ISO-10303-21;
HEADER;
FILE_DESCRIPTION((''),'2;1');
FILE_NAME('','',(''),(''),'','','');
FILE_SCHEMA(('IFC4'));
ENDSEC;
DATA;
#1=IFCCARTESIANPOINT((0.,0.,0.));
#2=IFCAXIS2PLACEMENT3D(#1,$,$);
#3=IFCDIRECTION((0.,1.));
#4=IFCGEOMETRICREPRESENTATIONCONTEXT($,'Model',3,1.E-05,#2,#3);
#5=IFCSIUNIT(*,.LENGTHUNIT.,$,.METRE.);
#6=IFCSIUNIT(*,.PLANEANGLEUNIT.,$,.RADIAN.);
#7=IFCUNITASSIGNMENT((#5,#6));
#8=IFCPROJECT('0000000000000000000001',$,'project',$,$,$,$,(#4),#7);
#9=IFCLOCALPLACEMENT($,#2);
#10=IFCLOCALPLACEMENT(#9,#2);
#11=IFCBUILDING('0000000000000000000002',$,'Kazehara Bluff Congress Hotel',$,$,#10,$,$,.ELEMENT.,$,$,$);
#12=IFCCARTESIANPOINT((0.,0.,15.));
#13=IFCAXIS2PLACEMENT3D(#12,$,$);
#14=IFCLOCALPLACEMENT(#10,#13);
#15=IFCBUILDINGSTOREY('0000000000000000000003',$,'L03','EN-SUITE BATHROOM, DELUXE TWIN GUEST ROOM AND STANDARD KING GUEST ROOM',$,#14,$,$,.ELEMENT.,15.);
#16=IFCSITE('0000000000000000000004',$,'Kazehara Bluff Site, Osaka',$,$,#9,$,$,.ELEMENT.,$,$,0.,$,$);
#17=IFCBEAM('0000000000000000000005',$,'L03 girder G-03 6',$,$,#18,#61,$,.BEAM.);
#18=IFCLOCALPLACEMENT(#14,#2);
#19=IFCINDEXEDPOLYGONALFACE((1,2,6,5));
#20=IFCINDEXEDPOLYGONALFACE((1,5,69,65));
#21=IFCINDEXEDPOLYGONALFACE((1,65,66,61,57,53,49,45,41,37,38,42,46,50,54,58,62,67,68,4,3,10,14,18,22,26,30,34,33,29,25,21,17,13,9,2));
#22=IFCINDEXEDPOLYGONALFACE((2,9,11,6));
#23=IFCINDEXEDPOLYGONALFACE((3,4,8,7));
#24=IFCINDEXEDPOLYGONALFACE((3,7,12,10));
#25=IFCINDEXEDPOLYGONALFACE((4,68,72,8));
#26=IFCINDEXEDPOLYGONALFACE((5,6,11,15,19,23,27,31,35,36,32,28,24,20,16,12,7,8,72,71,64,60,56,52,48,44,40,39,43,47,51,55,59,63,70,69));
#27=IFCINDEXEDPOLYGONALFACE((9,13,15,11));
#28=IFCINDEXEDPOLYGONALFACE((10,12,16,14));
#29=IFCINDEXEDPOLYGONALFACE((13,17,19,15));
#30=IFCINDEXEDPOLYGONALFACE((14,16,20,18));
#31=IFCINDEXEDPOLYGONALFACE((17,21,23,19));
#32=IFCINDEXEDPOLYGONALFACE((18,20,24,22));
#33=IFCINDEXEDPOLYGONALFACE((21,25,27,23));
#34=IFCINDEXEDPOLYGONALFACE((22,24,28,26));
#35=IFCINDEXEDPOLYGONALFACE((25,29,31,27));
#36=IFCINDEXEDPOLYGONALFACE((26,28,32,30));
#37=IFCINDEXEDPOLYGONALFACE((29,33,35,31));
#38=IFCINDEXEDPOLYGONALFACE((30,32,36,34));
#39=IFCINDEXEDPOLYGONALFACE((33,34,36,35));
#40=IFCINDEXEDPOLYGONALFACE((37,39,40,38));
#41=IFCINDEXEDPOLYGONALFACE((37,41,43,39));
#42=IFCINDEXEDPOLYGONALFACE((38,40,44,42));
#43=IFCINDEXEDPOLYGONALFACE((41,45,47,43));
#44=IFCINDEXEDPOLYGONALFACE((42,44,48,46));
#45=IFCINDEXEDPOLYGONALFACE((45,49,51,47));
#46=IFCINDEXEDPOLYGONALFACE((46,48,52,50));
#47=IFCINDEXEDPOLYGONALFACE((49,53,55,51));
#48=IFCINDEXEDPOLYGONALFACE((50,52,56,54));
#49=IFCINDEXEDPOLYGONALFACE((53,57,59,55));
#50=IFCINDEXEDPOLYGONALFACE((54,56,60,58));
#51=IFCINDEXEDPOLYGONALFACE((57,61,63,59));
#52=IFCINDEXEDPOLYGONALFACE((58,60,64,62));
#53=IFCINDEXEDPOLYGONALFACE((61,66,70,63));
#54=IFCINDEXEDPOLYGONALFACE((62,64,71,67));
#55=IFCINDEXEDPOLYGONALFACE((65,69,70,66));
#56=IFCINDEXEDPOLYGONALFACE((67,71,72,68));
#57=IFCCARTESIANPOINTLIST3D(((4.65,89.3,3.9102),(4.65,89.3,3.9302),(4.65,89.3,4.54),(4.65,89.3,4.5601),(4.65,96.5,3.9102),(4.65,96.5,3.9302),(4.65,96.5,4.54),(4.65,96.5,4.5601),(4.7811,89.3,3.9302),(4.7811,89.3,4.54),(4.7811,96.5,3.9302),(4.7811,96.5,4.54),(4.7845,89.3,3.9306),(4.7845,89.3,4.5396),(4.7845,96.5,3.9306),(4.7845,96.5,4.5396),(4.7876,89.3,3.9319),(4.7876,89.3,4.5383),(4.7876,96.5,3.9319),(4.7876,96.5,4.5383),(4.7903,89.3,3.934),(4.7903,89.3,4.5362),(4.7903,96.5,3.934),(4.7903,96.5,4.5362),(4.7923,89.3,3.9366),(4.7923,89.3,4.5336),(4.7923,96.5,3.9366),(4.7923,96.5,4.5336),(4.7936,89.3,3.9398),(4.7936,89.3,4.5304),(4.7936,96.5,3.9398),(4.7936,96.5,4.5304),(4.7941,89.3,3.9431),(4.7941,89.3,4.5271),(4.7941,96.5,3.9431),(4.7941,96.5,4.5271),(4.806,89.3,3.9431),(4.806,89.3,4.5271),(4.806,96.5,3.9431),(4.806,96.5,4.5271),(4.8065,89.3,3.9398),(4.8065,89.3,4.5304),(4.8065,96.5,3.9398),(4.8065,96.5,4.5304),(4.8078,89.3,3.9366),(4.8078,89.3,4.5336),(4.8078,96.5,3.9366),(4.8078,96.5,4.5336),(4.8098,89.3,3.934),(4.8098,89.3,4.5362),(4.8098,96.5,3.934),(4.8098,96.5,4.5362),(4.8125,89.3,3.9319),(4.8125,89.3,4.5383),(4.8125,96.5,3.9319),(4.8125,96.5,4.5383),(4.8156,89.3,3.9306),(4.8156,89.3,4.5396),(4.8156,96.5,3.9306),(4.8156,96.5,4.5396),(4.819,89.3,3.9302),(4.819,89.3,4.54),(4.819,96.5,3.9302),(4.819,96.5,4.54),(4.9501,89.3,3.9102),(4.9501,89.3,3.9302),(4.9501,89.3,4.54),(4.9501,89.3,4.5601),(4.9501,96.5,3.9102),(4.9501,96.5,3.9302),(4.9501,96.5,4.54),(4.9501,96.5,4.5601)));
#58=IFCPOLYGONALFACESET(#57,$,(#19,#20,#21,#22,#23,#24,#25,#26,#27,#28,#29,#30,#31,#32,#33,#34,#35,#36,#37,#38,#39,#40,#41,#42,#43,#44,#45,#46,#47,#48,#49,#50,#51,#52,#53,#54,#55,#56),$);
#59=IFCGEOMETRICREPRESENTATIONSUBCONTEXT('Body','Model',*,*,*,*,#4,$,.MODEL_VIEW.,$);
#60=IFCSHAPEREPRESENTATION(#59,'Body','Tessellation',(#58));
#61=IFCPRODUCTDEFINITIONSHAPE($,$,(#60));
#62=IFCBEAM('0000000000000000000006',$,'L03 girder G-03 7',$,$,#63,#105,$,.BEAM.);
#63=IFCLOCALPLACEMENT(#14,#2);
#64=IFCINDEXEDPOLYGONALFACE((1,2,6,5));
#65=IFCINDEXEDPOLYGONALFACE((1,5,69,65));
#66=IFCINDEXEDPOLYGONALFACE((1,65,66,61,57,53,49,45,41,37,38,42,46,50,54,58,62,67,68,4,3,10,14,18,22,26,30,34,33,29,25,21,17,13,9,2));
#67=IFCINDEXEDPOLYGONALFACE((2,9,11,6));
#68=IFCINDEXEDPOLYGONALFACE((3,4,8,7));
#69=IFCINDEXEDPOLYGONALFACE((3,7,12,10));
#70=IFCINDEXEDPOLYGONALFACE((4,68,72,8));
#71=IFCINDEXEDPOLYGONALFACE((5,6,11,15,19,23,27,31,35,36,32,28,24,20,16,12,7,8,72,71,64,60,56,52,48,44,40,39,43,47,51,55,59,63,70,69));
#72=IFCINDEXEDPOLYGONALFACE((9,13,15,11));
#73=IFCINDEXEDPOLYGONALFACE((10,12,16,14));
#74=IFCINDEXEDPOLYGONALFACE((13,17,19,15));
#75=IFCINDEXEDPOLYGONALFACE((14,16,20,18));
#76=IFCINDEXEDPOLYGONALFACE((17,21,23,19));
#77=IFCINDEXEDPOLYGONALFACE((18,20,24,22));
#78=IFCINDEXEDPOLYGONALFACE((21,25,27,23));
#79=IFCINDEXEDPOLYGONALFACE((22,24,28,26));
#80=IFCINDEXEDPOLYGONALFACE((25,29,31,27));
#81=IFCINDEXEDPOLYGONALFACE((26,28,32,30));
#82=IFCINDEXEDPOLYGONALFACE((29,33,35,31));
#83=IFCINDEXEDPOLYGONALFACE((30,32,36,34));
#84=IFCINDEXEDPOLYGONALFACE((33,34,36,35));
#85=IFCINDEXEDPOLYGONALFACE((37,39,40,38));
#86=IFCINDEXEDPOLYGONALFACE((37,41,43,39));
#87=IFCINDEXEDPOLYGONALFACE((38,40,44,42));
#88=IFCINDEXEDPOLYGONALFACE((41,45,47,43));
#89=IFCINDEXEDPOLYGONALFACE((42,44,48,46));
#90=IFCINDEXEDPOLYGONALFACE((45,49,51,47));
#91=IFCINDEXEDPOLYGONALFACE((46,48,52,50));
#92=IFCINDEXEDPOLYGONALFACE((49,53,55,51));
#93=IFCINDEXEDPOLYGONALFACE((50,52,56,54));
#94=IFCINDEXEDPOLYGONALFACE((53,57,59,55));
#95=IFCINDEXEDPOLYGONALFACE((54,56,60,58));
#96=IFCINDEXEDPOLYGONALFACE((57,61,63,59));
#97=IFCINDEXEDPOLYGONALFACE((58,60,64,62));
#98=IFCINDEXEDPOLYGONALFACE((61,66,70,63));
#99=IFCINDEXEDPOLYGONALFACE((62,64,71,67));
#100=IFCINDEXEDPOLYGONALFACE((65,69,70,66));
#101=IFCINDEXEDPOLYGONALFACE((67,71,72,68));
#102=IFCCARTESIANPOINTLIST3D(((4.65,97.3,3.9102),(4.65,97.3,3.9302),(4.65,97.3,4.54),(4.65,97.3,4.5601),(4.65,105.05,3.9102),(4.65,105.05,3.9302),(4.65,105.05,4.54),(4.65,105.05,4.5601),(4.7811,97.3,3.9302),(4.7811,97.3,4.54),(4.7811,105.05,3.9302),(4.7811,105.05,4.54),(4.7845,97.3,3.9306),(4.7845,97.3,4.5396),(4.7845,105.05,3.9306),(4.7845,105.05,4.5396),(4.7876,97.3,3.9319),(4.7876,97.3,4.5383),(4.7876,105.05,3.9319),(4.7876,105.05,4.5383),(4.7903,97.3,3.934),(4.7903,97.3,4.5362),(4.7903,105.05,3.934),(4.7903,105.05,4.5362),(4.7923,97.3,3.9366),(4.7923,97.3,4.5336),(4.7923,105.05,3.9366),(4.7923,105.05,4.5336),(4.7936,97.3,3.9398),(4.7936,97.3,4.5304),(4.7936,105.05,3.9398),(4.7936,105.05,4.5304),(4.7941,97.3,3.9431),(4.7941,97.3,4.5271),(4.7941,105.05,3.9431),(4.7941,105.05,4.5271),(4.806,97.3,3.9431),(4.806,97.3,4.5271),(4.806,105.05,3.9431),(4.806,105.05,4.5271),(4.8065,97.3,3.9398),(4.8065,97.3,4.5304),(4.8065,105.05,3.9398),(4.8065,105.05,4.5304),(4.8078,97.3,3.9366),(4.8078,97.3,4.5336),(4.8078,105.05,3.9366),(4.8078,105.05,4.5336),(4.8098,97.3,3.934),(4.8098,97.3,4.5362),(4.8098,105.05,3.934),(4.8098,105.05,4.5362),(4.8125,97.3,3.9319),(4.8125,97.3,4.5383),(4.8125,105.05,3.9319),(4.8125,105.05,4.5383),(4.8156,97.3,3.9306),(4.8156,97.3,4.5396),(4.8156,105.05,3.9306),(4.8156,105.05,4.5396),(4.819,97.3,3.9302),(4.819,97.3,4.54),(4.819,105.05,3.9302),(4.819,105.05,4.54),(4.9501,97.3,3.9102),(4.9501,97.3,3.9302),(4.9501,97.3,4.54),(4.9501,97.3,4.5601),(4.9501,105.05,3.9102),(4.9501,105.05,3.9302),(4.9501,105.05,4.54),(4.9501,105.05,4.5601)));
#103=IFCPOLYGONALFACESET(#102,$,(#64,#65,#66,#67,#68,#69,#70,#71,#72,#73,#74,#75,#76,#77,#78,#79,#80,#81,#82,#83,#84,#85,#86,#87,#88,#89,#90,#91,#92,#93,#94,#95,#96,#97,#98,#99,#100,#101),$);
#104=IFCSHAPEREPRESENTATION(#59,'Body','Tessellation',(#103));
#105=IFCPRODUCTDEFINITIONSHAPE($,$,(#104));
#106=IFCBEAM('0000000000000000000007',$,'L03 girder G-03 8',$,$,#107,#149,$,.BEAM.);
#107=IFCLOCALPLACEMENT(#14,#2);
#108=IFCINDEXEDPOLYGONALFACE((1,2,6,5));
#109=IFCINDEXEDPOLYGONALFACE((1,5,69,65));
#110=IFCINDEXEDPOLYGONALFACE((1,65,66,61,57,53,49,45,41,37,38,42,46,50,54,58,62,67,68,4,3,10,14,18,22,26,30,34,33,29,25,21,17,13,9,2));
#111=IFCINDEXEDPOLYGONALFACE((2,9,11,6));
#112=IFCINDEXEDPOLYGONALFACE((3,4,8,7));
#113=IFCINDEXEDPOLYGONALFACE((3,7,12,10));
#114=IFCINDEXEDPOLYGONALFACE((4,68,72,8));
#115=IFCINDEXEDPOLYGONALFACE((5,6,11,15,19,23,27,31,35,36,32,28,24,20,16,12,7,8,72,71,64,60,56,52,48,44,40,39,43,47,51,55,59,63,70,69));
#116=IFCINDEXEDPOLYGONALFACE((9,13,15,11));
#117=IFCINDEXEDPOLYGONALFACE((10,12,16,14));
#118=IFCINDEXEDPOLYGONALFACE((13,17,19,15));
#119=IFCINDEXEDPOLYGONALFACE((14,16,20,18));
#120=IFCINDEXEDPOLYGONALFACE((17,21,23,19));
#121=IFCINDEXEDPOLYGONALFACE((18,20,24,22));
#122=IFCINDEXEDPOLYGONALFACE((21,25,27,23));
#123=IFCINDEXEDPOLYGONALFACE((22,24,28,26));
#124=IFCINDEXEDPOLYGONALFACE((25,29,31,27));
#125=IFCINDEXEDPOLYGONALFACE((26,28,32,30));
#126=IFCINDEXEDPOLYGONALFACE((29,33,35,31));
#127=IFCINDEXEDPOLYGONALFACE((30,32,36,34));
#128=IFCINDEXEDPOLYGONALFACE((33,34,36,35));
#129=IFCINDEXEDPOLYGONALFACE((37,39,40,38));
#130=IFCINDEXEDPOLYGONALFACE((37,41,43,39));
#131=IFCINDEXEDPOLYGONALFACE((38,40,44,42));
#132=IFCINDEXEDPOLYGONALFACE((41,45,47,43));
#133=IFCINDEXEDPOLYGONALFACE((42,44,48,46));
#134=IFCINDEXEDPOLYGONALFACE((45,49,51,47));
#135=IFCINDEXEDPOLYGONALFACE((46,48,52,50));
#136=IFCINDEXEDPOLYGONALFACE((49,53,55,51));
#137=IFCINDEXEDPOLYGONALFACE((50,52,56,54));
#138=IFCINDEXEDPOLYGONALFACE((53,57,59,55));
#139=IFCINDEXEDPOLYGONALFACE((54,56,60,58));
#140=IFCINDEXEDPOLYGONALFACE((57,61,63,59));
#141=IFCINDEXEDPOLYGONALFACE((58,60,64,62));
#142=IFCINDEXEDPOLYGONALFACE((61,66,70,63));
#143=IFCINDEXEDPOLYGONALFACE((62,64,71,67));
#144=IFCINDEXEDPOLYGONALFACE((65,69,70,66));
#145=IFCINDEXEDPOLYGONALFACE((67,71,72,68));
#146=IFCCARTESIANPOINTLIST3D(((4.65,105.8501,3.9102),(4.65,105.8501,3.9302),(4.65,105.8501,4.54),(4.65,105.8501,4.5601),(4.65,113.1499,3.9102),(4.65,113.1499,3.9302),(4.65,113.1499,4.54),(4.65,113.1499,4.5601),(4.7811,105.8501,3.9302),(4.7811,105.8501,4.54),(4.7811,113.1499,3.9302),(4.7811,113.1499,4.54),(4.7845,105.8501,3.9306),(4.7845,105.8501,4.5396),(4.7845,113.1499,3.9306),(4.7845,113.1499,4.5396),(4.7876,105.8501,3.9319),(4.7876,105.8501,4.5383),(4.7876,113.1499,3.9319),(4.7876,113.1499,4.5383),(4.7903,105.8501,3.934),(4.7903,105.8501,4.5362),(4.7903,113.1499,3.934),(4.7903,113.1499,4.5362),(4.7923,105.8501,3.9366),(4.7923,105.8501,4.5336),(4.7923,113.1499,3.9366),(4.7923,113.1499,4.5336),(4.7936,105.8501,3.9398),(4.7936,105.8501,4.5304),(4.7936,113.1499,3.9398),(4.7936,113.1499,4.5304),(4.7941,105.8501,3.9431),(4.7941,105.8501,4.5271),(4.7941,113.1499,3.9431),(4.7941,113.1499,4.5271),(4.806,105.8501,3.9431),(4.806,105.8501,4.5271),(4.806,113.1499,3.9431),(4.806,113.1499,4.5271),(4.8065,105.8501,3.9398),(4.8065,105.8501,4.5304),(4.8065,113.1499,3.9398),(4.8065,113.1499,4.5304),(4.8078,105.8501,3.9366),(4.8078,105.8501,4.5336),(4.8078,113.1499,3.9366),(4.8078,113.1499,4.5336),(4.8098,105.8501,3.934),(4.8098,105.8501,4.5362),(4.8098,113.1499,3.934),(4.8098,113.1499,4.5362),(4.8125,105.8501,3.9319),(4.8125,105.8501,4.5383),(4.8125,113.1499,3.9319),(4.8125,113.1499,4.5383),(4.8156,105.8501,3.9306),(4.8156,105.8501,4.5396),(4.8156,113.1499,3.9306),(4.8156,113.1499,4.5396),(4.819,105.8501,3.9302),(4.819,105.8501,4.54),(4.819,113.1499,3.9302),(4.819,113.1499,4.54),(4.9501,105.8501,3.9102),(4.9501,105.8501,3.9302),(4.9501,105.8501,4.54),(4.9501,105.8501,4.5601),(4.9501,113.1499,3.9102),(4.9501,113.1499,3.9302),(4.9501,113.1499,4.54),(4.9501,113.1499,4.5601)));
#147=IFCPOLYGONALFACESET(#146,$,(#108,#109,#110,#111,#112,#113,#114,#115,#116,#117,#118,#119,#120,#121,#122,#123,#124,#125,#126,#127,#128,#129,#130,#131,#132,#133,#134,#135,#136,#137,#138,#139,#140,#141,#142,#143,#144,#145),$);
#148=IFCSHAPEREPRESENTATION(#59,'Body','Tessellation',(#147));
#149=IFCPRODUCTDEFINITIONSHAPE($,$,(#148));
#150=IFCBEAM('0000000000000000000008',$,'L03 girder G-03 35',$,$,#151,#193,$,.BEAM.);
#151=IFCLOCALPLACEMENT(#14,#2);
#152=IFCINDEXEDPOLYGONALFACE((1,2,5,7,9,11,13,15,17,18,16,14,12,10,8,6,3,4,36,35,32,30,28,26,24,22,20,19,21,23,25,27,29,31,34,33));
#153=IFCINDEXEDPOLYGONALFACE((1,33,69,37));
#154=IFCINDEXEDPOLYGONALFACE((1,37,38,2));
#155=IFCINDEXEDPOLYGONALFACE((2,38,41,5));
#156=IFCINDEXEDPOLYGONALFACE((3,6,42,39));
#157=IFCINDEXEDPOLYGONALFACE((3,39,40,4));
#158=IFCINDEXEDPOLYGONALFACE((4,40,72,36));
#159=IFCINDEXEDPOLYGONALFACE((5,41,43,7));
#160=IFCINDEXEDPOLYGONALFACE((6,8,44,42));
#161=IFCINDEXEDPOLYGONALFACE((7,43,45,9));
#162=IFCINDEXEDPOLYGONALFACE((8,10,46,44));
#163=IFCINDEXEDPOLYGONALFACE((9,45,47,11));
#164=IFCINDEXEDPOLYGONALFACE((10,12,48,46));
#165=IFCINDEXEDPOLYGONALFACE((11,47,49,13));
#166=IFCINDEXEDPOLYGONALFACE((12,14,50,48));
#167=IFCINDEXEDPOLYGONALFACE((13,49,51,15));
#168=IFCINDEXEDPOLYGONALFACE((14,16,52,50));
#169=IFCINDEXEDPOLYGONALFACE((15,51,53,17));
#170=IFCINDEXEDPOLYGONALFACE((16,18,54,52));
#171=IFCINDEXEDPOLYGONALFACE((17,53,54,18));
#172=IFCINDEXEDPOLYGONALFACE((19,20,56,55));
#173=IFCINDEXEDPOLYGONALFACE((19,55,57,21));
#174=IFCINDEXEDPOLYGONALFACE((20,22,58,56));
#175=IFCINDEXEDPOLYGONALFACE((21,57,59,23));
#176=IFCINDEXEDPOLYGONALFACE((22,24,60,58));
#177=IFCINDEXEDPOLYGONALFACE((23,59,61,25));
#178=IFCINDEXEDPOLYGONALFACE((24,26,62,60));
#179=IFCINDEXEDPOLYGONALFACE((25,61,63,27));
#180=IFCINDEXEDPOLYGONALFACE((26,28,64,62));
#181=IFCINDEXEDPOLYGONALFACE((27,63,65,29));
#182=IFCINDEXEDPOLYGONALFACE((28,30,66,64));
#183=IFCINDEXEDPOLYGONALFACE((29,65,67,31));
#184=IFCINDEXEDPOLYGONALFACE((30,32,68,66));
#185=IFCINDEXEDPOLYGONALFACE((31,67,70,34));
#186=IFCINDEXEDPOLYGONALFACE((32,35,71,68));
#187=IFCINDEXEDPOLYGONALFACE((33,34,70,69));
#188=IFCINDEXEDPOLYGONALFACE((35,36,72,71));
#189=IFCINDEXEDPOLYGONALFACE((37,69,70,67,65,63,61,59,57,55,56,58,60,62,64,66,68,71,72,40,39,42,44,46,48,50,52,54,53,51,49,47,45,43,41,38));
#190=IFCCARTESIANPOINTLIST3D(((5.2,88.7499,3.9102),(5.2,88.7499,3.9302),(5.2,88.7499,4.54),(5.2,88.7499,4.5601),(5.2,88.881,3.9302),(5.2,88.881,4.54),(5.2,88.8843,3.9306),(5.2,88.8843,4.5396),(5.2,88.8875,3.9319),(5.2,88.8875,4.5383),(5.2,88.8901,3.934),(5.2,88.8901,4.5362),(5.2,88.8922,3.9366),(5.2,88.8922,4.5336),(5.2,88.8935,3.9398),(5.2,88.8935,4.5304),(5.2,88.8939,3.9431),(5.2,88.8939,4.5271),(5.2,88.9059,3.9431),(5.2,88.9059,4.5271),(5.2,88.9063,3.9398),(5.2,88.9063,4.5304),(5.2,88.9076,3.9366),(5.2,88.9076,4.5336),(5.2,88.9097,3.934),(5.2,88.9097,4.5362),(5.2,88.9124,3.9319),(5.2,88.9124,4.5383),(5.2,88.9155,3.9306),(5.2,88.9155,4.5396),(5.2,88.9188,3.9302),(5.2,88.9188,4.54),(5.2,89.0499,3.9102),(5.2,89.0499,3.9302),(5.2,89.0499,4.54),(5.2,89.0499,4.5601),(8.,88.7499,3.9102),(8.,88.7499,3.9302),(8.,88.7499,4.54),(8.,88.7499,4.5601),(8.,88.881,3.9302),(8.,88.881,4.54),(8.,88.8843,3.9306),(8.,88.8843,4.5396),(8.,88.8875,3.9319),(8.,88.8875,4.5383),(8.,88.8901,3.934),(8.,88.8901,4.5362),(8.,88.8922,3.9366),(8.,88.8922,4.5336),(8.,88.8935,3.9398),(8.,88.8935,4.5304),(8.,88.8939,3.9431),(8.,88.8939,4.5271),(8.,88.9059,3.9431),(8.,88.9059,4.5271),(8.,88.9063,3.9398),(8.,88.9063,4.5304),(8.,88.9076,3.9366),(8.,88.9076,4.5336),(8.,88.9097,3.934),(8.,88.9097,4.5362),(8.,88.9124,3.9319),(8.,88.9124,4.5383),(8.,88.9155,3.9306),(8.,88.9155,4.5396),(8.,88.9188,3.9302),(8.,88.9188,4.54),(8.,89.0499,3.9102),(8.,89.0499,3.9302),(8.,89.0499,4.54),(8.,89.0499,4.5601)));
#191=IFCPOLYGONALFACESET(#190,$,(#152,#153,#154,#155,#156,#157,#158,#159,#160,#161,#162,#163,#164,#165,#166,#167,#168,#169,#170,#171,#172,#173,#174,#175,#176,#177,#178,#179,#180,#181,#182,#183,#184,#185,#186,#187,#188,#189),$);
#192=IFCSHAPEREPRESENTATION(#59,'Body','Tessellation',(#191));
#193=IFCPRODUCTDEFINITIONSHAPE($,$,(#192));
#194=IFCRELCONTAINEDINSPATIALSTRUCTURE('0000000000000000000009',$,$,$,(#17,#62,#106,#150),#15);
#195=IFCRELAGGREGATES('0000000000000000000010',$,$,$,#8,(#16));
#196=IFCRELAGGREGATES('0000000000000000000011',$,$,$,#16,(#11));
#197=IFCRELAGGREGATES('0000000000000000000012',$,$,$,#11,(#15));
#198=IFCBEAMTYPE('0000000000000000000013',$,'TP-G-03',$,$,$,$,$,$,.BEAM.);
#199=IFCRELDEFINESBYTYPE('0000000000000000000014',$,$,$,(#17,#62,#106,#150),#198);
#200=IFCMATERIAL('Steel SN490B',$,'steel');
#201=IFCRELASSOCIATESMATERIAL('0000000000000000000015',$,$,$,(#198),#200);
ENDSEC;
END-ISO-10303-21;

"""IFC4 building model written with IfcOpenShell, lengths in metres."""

from ifc_helpers import new_model, si_unit, direction, frame, origin, origin_2d, place, context, subcontext, project, spatial, i_section, extrude, material, material_profile, profile_set, type_object, element, save


model = new_model("IFC4")

# Units and contexts
model_context = context("Model", 3, precision=1e-05, world=origin(), true_north=direction((0.0, 1.0)))
body_context = subcontext(model_context, "Body", "Model", "MODEL_VIEW")
ifc_project = project(units=[si_unit("LENGTHUNIT", "METRE"), si_unit("PLANEANGLEUNIT", "RADIAN")], contexts=[model_context])

# Site, building, storey
site_placement = place(None, origin())
site = spatial("IfcSite", under=ifc_project, at=site_placement, Name="Kazehara Bluff Site, Osaka", CompositionType="ELEMENT", RefElevation=0.0)
building_placement = place(site_placement, origin())
building = spatial("IfcBuilding", under=site, at=building_placement, Name="Kazehara Bluff Congress Hotel", CompositionType="ELEMENT")
storey_placement = place(building_placement, frame((0.0, 0.0, 15.0)))
storey = spatial("IfcBuildingStorey", under=building, at=storey_placement, Name="L03", Description="EN-SUITE BATHROOM, DELUXE TWIN GUEST ROOM AND STANDARD KING GUEST ROOM", CompositionType="ELEMENT", Elevation=15.0)

# Beams
ifc_material_1 = material(Name="Steel SN490B", Category="steel")
ifc_material_profile_1 = material_profile(ifc_material_1, i_section(OverallWidth=0.3, OverallDepth=0.6499, WebThickness=0.012, FlangeThickness=0.02, FilletRadius=0.0129, at=origin_2d()))
ifc_profile_set_1 = profile_set([ifc_material_profile_1], Name="Steel SN490B")
beam_type_1 = type_object("IfcBeamType", Name="TP-G-03", PredefinedType="BEAM", material=ifc_profile_set_1)
beam_1_placement = place(storey_placement, frame((4.8, 89.3, 4.2351), z_axis=(0.0, 1.0, 0.0), x_axis=(-1.0, 0.0, 0.0)))
element("IfcBeam", 1, at=beam_1_placement, inside=storey, type_object=beam_type_1, Name="L03 girder G-03 6", PredefinedType="BEAM", context=body_context, shape_type="SweptSolid", body=[
    extrude(i_section(OverallWidth=0.3, OverallDepth=0.6499, WebThickness=0.012, FlangeThickness=0.02, FilletRadius=0.0129, at=origin_2d()), origin(), (0.0, 0.0, 1.0), 7.2),
])
beam_2_placement = place(storey_placement, frame((4.8, 97.3, 4.2351), z_axis=(0.0, 1.0, 0.0), x_axis=(-1.0, 0.0, 0.0)))
element("IfcBeam", 2, at=beam_2_placement, inside=storey, type_object=beam_type_1, Name="L03 girder G-03 7", PredefinedType="BEAM", context=body_context, shape_type="SweptSolid", body=[
    extrude(i_section(OverallWidth=0.3, OverallDepth=0.6499, WebThickness=0.012, FlangeThickness=0.02, FilletRadius=0.0129, at=origin_2d()), origin(), (0.0, 0.0, 1.0), 7.75),
])
beam_3_placement = place(storey_placement, frame((4.8, 105.8501, 4.2351), z_axis=(0.0, 1.0, 0.0), x_axis=(-1.0, 0.0, 0.0)))
element("IfcBeam", 3, at=beam_3_placement, inside=storey, type_object=beam_type_1, Name="L03 girder G-03 8", PredefinedType="BEAM", context=body_context, shape_type="SweptSolid", body=[
    extrude(i_section(OverallWidth=0.3, OverallDepth=0.6499, WebThickness=0.012, FlangeThickness=0.02, FilletRadius=0.0129, at=origin_2d()), origin(), (0.0, 0.0, 1.0), 7.2998),
])
for number, where, z_axis, x_axis, name in (
    (4, (5.2, 88.8999, 4.2351), (1.0, 0.0, 0.0), (0.0, 1.0, 0.0), "L03 girder G-03 35"),
):
    element("IfcBeam", number, at=place(storey_placement, frame(where, z_axis=z_axis, x_axis=x_axis)), inside=storey, type_object=beam_type_1, Name=name, PredefinedType="BEAM", context=body_context, shape_type="SweptSolid", body=[
        extrude(i_section(OverallWidth=0.3, OverallDepth=0.6499, WebThickness=0.012, FlangeThickness=0.02, FilletRadius=0.0129, at=origin_2d()), origin(), (0.0, 0.0, 1.0), 2.8),
    ])

save(model, "model.ifc")
